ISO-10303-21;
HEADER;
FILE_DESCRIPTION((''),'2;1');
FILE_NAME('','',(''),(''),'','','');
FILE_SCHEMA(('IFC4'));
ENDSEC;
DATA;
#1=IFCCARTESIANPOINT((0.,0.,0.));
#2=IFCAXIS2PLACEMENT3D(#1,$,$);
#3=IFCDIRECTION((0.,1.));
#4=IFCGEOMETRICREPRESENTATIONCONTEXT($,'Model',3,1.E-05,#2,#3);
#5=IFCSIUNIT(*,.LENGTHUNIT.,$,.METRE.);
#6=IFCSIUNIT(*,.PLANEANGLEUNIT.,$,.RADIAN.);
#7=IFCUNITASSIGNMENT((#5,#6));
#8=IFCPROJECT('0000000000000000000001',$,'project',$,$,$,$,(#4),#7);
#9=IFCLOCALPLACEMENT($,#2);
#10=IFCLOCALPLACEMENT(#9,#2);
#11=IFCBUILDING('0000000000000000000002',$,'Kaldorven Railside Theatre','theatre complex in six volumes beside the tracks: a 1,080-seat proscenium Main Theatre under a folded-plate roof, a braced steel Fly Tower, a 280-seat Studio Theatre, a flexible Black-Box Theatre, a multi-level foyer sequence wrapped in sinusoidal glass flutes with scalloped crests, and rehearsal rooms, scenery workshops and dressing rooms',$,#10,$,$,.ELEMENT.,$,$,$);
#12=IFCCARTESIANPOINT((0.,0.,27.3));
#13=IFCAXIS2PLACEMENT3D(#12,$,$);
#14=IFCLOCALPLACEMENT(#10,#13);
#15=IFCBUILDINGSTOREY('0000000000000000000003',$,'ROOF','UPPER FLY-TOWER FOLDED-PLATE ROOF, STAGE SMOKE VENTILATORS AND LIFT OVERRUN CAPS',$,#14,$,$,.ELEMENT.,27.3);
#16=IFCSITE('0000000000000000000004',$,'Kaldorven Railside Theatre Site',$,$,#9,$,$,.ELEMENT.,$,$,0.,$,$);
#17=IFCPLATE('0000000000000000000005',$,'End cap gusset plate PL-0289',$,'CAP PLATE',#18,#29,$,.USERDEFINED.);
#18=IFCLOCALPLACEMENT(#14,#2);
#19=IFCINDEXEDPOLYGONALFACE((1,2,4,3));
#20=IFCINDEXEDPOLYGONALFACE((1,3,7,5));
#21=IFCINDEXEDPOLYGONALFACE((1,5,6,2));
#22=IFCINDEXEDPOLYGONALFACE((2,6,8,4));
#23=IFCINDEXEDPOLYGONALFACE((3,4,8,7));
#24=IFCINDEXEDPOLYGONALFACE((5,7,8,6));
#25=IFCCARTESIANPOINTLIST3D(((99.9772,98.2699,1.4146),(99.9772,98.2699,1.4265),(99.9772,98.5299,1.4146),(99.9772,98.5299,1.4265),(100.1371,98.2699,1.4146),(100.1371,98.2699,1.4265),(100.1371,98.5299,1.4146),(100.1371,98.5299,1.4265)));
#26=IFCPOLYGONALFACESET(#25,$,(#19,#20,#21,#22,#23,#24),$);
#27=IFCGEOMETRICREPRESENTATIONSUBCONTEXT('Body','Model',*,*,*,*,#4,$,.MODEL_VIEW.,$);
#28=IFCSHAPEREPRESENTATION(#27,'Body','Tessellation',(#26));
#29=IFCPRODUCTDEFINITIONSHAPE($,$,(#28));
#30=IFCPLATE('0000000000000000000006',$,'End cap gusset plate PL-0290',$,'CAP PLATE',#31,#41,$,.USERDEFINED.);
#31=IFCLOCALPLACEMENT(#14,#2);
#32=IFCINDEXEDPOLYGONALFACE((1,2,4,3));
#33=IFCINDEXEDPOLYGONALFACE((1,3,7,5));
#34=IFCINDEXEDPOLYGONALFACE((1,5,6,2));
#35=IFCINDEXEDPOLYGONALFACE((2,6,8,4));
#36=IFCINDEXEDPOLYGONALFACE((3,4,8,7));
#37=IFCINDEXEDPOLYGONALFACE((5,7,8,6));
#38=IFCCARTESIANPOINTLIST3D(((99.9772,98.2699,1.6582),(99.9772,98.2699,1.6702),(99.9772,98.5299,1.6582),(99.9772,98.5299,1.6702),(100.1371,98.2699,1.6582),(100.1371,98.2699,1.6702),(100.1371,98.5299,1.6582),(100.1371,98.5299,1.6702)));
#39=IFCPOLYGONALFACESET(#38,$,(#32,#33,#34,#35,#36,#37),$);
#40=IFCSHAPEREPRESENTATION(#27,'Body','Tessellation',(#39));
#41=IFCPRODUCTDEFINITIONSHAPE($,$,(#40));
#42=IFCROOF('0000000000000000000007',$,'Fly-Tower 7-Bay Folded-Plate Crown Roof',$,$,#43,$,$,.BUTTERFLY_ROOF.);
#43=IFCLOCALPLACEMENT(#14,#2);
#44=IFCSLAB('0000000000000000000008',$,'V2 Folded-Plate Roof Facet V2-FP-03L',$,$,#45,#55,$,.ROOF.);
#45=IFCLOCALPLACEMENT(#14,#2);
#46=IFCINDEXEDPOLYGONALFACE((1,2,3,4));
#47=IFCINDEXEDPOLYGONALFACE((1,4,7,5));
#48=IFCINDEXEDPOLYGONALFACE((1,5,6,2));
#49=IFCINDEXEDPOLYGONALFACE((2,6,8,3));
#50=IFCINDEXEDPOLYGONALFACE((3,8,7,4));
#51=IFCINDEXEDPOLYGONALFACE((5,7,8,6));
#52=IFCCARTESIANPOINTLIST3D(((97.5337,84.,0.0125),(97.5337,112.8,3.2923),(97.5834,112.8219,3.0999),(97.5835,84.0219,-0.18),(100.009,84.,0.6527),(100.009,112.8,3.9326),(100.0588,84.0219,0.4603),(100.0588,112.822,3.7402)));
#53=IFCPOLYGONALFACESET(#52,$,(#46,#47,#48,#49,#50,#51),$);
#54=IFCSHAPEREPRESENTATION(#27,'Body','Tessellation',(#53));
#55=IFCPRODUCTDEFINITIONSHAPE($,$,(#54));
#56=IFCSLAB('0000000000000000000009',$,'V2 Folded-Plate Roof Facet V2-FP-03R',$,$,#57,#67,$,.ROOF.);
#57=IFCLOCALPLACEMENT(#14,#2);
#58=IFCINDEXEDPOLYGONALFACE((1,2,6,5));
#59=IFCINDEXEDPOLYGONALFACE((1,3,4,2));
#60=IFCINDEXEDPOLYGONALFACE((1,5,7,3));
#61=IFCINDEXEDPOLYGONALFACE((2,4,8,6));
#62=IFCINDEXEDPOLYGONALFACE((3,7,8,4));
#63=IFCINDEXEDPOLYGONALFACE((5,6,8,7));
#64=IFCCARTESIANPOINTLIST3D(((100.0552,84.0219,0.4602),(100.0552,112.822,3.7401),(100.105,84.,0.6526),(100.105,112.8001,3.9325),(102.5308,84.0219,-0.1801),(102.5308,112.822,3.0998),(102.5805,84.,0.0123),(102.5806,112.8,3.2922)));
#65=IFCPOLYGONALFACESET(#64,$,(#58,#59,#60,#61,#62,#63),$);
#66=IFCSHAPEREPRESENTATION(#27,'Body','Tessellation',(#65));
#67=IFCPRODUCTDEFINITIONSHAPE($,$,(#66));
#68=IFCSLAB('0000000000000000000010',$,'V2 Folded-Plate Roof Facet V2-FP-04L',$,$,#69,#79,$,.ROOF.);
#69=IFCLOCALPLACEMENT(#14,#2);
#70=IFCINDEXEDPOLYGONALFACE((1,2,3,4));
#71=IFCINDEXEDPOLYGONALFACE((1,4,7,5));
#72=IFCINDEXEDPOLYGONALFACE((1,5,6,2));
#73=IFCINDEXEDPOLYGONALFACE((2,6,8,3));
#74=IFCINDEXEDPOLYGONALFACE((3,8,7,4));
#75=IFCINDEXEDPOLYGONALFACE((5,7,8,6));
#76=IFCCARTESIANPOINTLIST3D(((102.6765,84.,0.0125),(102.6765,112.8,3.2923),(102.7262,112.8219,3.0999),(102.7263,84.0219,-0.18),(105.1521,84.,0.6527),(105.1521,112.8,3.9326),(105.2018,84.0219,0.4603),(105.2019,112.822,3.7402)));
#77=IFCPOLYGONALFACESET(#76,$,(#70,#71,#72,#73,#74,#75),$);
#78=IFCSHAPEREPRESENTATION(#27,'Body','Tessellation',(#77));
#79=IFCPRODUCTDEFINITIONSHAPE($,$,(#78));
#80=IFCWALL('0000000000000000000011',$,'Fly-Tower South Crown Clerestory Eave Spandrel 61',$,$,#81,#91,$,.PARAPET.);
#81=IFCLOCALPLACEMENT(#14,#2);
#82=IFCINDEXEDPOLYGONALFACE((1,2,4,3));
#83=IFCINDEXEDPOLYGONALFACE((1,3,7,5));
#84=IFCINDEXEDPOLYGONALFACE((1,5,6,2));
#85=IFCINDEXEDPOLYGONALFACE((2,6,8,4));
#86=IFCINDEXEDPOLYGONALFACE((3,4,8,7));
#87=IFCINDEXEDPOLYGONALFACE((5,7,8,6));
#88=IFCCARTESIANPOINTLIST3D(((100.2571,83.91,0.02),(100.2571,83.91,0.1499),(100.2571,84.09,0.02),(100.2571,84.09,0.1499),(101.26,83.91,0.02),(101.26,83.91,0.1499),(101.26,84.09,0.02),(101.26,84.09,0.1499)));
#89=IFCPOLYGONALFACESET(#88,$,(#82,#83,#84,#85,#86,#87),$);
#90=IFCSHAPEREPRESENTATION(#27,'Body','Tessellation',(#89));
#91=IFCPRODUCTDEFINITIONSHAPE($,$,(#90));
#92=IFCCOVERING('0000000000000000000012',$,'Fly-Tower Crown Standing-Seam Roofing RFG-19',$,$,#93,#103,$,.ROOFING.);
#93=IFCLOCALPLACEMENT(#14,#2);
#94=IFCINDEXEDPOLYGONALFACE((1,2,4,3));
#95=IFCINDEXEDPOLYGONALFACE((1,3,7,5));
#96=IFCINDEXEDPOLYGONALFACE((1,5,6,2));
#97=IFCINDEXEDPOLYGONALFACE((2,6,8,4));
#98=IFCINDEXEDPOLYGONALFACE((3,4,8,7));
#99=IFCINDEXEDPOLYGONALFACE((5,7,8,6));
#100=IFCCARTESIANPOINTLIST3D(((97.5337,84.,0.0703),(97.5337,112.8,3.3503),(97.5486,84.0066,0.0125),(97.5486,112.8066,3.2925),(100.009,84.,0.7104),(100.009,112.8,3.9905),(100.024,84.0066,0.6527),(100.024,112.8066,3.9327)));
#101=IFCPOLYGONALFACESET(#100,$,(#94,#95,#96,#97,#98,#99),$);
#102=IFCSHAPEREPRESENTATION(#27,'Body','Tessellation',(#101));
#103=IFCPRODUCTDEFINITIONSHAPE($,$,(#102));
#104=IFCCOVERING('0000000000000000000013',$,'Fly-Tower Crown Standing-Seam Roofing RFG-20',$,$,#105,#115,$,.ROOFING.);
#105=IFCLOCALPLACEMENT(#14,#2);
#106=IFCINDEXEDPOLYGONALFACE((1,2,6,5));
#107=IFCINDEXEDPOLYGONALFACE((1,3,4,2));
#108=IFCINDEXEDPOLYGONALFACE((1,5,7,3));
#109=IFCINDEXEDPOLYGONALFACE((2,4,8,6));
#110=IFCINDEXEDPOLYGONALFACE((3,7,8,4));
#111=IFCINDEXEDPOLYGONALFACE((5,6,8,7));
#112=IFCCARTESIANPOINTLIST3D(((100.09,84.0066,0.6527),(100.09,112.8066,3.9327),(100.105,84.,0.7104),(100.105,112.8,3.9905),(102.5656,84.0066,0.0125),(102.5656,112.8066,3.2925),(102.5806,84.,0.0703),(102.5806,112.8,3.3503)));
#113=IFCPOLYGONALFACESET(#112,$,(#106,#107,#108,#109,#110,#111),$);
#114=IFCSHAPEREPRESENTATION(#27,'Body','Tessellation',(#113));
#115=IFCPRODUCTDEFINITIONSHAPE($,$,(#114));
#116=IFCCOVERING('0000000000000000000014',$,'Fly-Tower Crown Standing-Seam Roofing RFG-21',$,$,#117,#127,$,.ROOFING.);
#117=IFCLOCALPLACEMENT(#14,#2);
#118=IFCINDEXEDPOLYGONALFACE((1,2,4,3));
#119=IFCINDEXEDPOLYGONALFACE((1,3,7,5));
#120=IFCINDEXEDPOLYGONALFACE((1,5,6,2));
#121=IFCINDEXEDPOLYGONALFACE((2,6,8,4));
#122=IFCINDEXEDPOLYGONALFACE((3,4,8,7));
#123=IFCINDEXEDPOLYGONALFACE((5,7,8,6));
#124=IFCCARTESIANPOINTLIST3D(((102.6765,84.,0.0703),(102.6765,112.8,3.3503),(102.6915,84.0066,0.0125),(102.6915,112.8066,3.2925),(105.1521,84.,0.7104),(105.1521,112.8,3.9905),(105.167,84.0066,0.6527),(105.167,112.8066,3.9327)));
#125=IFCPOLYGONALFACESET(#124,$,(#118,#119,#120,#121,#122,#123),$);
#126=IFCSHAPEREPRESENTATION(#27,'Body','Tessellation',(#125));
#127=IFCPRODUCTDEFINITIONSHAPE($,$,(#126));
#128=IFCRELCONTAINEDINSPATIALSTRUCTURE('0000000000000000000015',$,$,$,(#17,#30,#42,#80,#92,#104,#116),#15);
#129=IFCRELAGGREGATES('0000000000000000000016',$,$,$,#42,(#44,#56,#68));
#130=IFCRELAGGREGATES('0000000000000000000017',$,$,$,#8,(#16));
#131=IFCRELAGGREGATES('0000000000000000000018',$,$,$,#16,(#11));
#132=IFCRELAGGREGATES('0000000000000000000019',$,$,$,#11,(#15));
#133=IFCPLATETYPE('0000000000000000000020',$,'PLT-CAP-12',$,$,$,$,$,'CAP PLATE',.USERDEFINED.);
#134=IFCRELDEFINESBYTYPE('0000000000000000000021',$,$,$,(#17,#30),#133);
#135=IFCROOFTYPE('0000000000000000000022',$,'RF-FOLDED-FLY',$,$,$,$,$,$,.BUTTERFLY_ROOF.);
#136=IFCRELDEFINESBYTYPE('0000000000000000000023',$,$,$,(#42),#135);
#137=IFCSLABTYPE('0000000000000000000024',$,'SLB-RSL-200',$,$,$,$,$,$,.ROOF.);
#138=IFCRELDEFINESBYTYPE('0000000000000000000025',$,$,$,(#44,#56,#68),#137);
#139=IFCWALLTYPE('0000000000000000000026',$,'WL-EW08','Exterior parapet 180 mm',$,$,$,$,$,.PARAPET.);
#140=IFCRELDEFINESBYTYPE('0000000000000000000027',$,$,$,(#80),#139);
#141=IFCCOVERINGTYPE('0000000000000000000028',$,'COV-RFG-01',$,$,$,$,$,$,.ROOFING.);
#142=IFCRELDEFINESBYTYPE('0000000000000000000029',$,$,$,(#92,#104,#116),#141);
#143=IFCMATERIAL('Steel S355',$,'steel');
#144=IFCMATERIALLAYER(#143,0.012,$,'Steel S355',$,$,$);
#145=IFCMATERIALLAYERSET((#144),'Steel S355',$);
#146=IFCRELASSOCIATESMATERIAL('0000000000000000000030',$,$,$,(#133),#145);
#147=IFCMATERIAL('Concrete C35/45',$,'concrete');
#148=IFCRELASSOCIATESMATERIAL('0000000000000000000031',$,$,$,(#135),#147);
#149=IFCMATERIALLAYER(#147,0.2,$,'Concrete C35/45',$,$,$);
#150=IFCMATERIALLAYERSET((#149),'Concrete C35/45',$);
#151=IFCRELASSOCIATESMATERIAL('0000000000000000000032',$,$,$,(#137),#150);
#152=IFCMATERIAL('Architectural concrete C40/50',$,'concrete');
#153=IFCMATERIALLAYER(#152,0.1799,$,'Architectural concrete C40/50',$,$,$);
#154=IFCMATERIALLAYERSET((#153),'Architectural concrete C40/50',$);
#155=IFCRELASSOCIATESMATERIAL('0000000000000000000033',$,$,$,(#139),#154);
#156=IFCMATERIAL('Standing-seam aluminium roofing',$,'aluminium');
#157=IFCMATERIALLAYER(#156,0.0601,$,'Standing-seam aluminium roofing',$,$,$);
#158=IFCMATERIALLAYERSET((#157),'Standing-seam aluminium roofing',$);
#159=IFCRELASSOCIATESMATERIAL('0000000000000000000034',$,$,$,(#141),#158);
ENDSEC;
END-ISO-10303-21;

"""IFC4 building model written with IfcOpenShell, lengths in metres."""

from ifc_helpers import new_model, si_unit, direction, frame, frame_2d, origin, origin_2d, place, context, subcontext, project, spatial, polyline, rectangle, outline, extrude, material, layer, layer_set, type_object, element, aggregate, save


model = new_model("IFC4")

# Units and contexts
model_context = context("Model", 3, precision=1e-05, world=origin(), true_north=direction((0.0, 1.0)))
body_context = subcontext(model_context, "Body", "Model", "MODEL_VIEW")
ifc_project = project(units=[si_unit("LENGTHUNIT", "METRE"), si_unit("PLANEANGLEUNIT", "RADIAN")], contexts=[model_context])

# Site, building, storey
site_placement = place(None, origin())
site = spatial("IfcSite", under=ifc_project, at=site_placement, Name="Kaldorven Railside Theatre Site", CompositionType="ELEMENT", RefElevation=0.0)
building_placement = place(site_placement, origin())
building = spatial("IfcBuilding", under=site, at=building_placement, Name="Kaldorven Railside Theatre", Description="theatre complex in six volumes beside the tracks: a 1,080-seat proscenium Main Theatre under a folded-plate roof, a braced steel Fly Tower, a 280-seat Studio Theatre, a flexible Black-Box Theatre, a multi-level foyer sequence wrapped in sinusoidal glass flutes with scalloped crests, and rehearsal rooms, scenery workshops and dressing rooms", CompositionType="ELEMENT")
storey_placement = place(building_placement, frame((0.0, 0.0, 27.3)))
storey = spatial("IfcBuildingStorey", under=building, at=storey_placement, Name="ROOF", Description="UPPER FLY-TOWER FOLDED-PLATE ROOF, STAGE SMOKE VENTILATORS AND LIFT OVERRUN CAPS", CompositionType="ELEMENT", Elevation=27.3)

# Shared definitions
ifc_material_1 = material(Name="Steel S355", Category="steel")

# Plates
ifc_layer_1 = layer(ifc_material_1, 0.012, Name="Steel S355")
ifc_layer_set_1 = layer_set([ifc_layer_1], Name="Steel S355")
plate_type = type_object("IfcPlateType", Name="PLT-CAP-12", ElementType="CAP PLATE", PredefinedType="USERDEFINED", material=ifc_layer_set_1)
for number, where, z_axis, x_axis, name in (
    (1, (100.0571, 98.3999, 1.4146), (0.0, 0.0, 1.0), (1.0, 0.0, 0.0), "End cap gusset plate PL-0289"),
    (2, (100.0571, 98.3999, 1.6582), (0.0, 0.0, 1.0), (1.0, 0.0, 0.0), "End cap gusset plate PL-0290"),
):
    element("IfcPlate", number, at=place(storey_placement, frame(where, z_axis=z_axis, x_axis=x_axis)), inside=storey, type_object=plate_type, Name=name, ObjectType="CAP PLATE", PredefinedType="USERDEFINED", context=body_context, shape_type="SweptSolid", body=[
        extrude(rectangle(XDim=0.1599, YDim=0.26, at=origin_2d()), origin(), (0.0, 0.0, 1.0), 0.012),
    ])

# Roof, slabs
ifc_material_2 = material(Name="Concrete C35/45", Category="concrete")
roof_type = type_object("IfcRoofType", Name="RF-FOLDED-FLY", PredefinedType="BUTTERFLY_ROOF", material=ifc_material_2)
roof_placement = place(storey_placement, origin())
roof = element("IfcRoof", 3, at=roof_placement, inside=storey, type_object=roof_type, Name="Fly-Tower 7-Bay Folded-Plate Crown Roof", PredefinedType="BUTTERFLY_ROOF")
ifc_layer_2 = layer(ifc_material_2, 0.2, Name="Concrete C35/45")
ifc_layer_set_2 = layer_set([ifc_layer_2], Name="Concrete C35/45")
slab_type = type_object("IfcSlabType", Name="SLB-RSL-200", PredefinedType="ROOF", material=ifc_layer_set_2)
slab_1_placement = place(storey_placement, frame((97.5337, 84.0, 0.0125), z_axis=(-0.248905, -0.109593, 0.962307), x_axis=(0.968139, -0.000005, 0.250413)))
slab_1 = element("IfcSlab", 4, at=slab_1_placement, type_object=slab_type, Name="V2 Folded-Plate Roof Facet V2-FP-03L", PredefinedType="ROOF", context=body_context, shape_type="SweptSolid", body=[
    extrude(outline(polyline([(0.0, 0.0), (2.5568, 0.0), (3.378, 28.9746), (0.8212, 28.9746), (0.0, 0.0)])), origin(), (0.0, 0.0, -1.0), 0.2),
])
slab_2_placement = place(storey_placement, frame((100.105, 84.0, 0.6526), z_axis=(0.248882, -0.109594, 0.962313), x_axis=(0.968145, 0.000005, -0.25039)))
slab_2 = element("IfcSlab", 5, at=slab_2_placement, type_object=slab_type, Name="V2 Folded-Plate Roof Facet V2-FP-03R", PredefinedType="ROOF", context=body_context, shape_type="SweptSolid", body=[
    extrude(outline(polyline([(0.0, 0.0), (2.557, 0.0), (1.7359, 28.9746), (-0.8211, 28.9746), (0.0, 0.0)])), origin(), (0.0, 0.0, -1.0), 0.2),
])
slab_3_placement = place(storey_placement, frame((102.6765, 84.0, 0.0125), z_axis=(-0.248882, -0.109594, 0.962313), x_axis=(0.968145, -0.000005, 0.25039)))
slab_3 = element("IfcSlab", 6, at=slab_3_placement, type_object=slab_type, Name="V2 Folded-Plate Roof Facet V2-FP-04L", PredefinedType="ROOF", context=body_context, shape_type="SweptSolid", body=[
    extrude(outline(polyline([(0.0, 0.0), (2.557, 0.0), (3.3782, 28.9746), (0.8211, 28.9746), (0.0, 0.0)])), origin(), (0.0, 0.0, -1.0), 0.2),
])
aggregate(roof, [slab_1, slab_2, slab_3])

# Wall
ifc_material_3 = material(Name="Architectural concrete C40/50", Category="concrete")
ifc_layer_3 = layer(ifc_material_3, 0.1799, Name="Architectural concrete C40/50")
ifc_layer_set_3 = layer_set([ifc_layer_3], Name="Architectural concrete C40/50")
wall_type = type_object("IfcWallType", Name="WL-EW08", Description="Exterior parapet 180 mm", PredefinedType="PARAPET", material=ifc_layer_set_3)
wall_placement = place(storey_placement, frame((100.2571, 84.0, 0.02), z_axis=(0.0, 0.0, 1.0), x_axis=(1.0, 0.0, 0.0)))
element("IfcWall", 7, at=wall_placement, inside=storey, type_object=wall_type, Name="Fly-Tower South Crown Clerestory Eave Spandrel 61", PredefinedType="PARAPET", context=body_context, shape_type="SweptSolid", body=[
    extrude(rectangle(XDim=1.0029, YDim=0.1799, at=frame_2d((0.5015, 0.0))), origin(), (0.0, 0.0, 1.0), 0.1299),
])

# Coverings
ifc_material_4 = material(Name="Standing-seam aluminium roofing", Category="aluminium")
ifc_layer_4 = layer(ifc_material_4, 0.0601, Name="Standing-seam aluminium roofing")
ifc_layer_set_4 = layer_set([ifc_layer_4], Name="Standing-seam aluminium roofing")
covering_type = type_object("IfcCoveringType", Name="COV-RFG-01", PredefinedType="ROOFING", material=ifc_layer_set_4)
covering_1_placement = place(storey_placement, frame((97.5337, 84.0, 0.0703), z_axis=(-0.248861, -0.109598, 0.962318), x_axis=(0.968151, 0.0, 0.250369)))
element("IfcCovering", 8, at=covering_1_placement, inside=storey, type_object=covering_type, Name="Fly-Tower Crown Standing-Seam Roofing RFG-19", PredefinedType="ROOFING", context=body_context, shape_type="SweptSolid", body=[
    extrude(outline(polyline([(0.0, 0.0), (2.5568, 0.0), (3.378, 28.9746), (0.8212, 28.9746), (0.0, 0.0)])), origin(), (0.0, 0.0, -1.0), 0.0601),
])
covering_2_placement = place(storey_placement, frame((100.105, 84.0, 0.7104), z_axis=(0.248838, -0.109599, 0.962324), x_axis=(0.968156, 0.0, -0.250346)))
element("IfcCovering", 9, at=covering_2_placement, inside=storey, type_object=covering_type, Name="Fly-Tower Crown Standing-Seam Roofing RFG-20", PredefinedType="ROOFING", context=body_context, shape_type="SweptSolid", body=[
    extrude(outline(polyline([(0.0, 0.0), (2.557, 0.0), (1.7359, 28.9746), (-0.8211, 28.9746), (0.0, 0.0)])), origin(), (0.0, 0.0, -1.0), 0.0601),
])
covering_3_placement = place(storey_placement, frame((102.6765, 84.0, 0.0703), z_axis=(-0.248838, -0.109599, 0.962324), x_axis=(0.968156, 0.0, 0.250346)))
element("IfcCovering", 10, at=covering_3_placement, inside=storey, type_object=covering_type, Name="Fly-Tower Crown Standing-Seam Roofing RFG-21", PredefinedType="ROOFING", context=body_context, shape_type="SweptSolid", body=[
    extrude(outline(polyline([(0.0, 0.0), (2.557, 0.0), (3.3782, 28.9746), (0.8211, 28.9746), (0.0, 0.0)])), origin(), (0.0, 0.0, -1.0), 0.0601),
])

save(model, "model.ifc")
